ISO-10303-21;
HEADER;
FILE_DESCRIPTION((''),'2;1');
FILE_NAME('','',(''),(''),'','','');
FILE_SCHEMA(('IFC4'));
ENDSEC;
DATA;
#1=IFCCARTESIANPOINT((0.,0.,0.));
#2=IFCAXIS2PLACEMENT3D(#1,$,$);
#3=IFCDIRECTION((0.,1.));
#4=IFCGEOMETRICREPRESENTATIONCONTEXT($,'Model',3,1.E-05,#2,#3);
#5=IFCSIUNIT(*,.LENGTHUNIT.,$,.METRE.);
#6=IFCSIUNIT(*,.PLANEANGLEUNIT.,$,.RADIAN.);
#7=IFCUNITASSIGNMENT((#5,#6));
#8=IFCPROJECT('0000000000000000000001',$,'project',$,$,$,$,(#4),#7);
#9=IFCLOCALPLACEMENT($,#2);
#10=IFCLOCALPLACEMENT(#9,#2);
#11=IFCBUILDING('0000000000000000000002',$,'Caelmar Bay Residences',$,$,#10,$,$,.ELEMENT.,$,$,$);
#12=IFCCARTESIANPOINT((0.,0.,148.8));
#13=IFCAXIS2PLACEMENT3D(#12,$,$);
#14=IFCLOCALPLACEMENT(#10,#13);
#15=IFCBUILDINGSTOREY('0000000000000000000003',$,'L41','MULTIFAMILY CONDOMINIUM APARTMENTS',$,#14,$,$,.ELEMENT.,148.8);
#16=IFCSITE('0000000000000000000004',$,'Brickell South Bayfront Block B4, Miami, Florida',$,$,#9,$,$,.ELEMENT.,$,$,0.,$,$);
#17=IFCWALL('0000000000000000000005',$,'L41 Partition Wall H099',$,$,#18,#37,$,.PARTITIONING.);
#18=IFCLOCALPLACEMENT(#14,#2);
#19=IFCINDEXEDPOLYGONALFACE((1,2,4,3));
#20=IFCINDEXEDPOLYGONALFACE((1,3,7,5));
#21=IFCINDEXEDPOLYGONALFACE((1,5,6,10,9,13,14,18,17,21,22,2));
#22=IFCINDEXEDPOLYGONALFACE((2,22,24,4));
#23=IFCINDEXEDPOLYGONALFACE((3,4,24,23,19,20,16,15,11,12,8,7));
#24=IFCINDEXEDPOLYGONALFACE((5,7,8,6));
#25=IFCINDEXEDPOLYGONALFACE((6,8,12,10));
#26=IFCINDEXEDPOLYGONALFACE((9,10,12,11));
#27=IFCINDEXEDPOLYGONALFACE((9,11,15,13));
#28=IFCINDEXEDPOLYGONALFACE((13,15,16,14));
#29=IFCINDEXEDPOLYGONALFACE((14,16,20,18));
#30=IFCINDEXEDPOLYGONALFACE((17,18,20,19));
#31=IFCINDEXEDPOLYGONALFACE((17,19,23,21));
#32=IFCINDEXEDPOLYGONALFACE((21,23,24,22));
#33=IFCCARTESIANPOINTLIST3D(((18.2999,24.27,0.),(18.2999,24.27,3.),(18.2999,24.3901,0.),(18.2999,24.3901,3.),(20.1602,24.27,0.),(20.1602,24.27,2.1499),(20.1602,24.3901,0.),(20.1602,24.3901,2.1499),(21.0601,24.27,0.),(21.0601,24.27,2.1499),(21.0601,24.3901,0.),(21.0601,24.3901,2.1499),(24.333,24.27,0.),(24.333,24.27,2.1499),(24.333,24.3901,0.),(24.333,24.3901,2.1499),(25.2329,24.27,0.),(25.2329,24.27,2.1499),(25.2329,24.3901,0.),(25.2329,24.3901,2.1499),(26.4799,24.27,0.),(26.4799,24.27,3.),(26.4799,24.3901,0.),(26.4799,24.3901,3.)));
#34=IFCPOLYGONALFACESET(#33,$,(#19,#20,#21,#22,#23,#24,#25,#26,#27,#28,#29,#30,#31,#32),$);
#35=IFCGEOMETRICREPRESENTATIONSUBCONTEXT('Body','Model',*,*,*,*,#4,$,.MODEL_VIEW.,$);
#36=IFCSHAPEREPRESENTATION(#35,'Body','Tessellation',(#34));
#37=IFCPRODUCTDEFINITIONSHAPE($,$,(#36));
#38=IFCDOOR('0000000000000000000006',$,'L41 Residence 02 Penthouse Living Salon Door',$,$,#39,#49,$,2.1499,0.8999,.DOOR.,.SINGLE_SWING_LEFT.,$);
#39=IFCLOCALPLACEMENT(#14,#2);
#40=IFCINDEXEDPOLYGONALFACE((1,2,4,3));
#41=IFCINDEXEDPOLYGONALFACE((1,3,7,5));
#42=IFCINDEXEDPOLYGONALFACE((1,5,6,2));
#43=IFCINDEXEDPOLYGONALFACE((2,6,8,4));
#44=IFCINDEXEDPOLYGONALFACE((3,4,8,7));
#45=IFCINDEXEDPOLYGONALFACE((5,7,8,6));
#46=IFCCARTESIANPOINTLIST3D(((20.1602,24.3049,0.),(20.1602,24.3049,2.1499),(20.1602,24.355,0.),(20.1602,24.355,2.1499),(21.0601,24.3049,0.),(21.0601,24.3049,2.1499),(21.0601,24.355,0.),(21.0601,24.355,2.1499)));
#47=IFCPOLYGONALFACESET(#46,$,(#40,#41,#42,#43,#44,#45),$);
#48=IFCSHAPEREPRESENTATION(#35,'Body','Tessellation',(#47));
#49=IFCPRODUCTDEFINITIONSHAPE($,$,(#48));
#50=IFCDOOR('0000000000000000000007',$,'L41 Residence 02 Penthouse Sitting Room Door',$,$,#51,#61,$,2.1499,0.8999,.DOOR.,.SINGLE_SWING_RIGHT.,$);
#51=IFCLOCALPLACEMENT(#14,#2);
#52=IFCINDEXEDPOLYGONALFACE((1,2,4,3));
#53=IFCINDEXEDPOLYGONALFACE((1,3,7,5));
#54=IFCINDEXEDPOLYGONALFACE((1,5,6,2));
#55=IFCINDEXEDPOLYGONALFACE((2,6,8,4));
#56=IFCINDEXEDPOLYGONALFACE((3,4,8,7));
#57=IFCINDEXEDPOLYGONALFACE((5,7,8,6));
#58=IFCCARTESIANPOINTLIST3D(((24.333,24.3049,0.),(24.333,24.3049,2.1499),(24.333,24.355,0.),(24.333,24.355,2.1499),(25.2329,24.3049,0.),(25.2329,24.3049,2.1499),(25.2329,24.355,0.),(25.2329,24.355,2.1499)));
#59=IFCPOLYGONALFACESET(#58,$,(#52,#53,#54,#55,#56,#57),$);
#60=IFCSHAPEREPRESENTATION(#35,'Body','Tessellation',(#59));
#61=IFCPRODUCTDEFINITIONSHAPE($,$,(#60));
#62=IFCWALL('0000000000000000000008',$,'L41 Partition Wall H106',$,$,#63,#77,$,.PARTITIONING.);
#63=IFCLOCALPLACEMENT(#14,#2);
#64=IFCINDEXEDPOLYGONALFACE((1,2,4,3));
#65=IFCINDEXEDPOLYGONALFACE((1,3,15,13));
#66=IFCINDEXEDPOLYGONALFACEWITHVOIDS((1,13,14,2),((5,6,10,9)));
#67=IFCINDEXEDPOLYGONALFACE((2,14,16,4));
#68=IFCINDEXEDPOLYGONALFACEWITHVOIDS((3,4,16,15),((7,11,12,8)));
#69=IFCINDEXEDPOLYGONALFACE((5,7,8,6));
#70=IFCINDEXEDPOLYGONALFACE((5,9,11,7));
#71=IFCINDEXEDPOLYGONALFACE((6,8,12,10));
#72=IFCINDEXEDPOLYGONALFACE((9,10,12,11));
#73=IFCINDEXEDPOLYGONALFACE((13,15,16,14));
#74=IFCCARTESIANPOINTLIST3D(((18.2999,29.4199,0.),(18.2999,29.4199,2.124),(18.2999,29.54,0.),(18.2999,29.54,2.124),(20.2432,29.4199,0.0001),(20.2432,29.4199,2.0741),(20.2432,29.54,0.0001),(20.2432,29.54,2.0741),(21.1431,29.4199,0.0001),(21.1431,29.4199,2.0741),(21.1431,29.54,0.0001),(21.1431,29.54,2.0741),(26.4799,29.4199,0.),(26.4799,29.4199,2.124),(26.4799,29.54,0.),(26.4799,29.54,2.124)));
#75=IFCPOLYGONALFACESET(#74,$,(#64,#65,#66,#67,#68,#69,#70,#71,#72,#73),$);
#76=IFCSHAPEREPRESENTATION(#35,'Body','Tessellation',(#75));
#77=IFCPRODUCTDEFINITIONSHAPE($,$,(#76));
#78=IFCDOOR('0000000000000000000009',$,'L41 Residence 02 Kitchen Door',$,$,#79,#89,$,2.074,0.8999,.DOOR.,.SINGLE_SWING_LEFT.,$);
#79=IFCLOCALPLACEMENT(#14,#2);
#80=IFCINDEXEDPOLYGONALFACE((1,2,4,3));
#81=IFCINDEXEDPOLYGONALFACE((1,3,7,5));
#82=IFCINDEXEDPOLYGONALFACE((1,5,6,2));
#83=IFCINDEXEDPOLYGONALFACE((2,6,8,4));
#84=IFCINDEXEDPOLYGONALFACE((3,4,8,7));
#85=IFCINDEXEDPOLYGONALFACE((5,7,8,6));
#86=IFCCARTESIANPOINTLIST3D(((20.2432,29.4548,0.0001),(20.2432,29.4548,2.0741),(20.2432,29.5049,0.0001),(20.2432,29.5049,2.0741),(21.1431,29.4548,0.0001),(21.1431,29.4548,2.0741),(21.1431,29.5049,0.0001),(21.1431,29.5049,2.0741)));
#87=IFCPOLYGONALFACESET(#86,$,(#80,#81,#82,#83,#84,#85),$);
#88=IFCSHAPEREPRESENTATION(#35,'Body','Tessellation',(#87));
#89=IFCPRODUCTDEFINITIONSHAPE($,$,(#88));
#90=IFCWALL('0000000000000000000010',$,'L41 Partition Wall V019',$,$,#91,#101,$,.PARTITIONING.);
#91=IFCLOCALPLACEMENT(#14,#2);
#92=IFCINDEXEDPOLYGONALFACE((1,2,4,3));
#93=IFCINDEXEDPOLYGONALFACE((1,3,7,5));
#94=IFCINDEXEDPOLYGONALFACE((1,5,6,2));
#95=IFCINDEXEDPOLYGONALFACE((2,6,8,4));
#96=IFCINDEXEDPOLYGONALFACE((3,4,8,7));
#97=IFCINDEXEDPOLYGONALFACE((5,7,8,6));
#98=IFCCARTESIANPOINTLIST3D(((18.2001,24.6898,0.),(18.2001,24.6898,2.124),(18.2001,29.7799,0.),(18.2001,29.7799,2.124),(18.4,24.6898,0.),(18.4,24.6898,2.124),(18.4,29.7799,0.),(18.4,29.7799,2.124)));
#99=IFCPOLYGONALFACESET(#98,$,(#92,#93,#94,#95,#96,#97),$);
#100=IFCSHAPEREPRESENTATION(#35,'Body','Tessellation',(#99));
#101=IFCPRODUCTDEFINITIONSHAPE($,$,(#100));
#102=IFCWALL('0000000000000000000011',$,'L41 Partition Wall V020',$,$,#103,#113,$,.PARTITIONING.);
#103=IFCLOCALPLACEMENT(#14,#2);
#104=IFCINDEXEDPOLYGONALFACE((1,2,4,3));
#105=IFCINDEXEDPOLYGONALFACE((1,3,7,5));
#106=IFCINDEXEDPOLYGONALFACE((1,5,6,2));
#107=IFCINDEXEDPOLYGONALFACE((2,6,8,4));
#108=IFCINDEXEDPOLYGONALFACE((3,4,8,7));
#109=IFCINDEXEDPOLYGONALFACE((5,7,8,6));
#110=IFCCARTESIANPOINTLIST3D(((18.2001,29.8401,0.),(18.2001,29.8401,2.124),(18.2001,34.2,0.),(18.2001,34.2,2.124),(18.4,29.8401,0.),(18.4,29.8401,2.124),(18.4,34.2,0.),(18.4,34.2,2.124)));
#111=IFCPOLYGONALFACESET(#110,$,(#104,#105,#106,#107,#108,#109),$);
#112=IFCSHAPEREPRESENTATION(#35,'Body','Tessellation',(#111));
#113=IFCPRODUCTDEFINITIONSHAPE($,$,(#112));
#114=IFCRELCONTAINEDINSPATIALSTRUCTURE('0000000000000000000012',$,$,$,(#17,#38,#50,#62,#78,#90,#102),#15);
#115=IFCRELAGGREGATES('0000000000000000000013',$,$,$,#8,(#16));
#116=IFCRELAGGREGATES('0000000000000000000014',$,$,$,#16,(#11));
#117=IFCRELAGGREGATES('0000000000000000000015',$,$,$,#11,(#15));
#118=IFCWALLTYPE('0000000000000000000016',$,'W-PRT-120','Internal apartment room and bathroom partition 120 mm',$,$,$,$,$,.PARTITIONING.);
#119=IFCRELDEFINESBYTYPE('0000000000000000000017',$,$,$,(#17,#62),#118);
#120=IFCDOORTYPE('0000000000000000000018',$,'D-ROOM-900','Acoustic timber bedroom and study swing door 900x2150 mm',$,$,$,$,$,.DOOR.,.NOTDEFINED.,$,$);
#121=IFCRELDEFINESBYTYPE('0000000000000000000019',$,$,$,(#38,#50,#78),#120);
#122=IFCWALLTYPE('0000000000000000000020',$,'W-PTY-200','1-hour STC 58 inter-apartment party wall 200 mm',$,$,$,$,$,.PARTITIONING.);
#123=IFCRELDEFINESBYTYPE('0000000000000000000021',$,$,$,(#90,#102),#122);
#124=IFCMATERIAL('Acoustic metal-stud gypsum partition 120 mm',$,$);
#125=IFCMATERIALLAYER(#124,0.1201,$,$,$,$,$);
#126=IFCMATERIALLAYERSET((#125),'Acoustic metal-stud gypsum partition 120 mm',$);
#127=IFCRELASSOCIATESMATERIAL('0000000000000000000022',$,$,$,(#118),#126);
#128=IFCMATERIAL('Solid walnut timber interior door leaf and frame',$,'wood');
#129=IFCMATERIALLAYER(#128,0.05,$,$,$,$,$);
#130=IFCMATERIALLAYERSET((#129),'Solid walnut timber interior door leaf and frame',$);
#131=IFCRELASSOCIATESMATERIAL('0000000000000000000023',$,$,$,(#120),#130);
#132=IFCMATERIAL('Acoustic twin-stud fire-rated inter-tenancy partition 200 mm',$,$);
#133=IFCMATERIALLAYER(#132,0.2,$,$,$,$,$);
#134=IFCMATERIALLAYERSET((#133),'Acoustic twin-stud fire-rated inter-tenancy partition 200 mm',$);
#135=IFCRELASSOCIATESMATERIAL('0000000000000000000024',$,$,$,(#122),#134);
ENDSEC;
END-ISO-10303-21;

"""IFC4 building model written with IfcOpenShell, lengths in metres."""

from ifc_helpers import new_model, si_unit, direction, frame, frame_2d, origin, place, context, subcontext, project, spatial, rectangle, extrude, material, layer, layer_set, type_object, element, fill, save


model = new_model("IFC4")

# Units and contexts
model_context = context("Model", 3, precision=1e-05, world=origin(), true_north=direction((0.0, 1.0)))
body_context = subcontext(model_context, "Body", "Model", "MODEL_VIEW")
ifc_project = project(units=[si_unit("LENGTHUNIT", "METRE"), si_unit("PLANEANGLEUNIT", "RADIAN")], contexts=[model_context])

# Site, building, storey
site_placement = place(None, origin())
site = spatial("IfcSite", under=ifc_project, at=site_placement, Name="Brickell South Bayfront Block B4, Miami, Florida", CompositionType="ELEMENT", RefElevation=0.0)
building_placement = place(site_placement, origin())
building = spatial("IfcBuilding", under=site, at=building_placement, Name="Caelmar Bay Residences", CompositionType="ELEMENT")
storey_placement = place(building_placement, frame((0.0, 0.0, 148.8)))
storey = spatial("IfcBuildingStorey", under=building, at=storey_placement, Name="L41", Description="MULTIFAMILY CONDOMINIUM APARTMENTS", CompositionType="ELEMENT", Elevation=148.8)

# Shared definitions
ifc_material_1 = material(Name="Acoustic metal-stud gypsum partition 120 mm")
ifc_layer_1 = layer(ifc_material_1, 0.1201)
ifc_layer_set_1 = layer_set([ifc_layer_1], Name="Acoustic metal-stud gypsum partition 120 mm")
wall_type_1 = type_object("IfcWallType", Name="W-PRT-120", Description="Internal apartment room and bathroom partition 120 mm", PredefinedType="PARTITIONING", material=ifc_layer_set_1)

# Shared definitions
ifc_material_2 = material(Name="Solid walnut timber interior door leaf and frame", Category="wood")
ifc_layer_2 = layer(ifc_material_2, 0.05)
ifc_layer_set_2 = layer_set([ifc_layer_2], Name="Solid walnut timber interior door leaf and frame")
door_type_1 = type_object("IfcDoorType", Name="D-ROOM-900", Description="Acoustic timber bedroom and study swing door 900x2150 mm", OperationType="NOTDEFINED", PredefinedType="DOOR", material=ifc_layer_set_2)

# Wall, openings, doors
wall_1_placement = place(storey_placement, frame((18.3, 24.3301, 0.0), z_axis=(0.0, 0.0, 1.0), x_axis=(1.0, 0.0, 0.0)))
wall_1 = element("IfcWall", 1, at=wall_1_placement, inside=storey, type_object=wall_type_1, Name="L41 Partition Wall H099", PredefinedType="PARTITIONING", context=body_context, shape_type="SweptSolid", body=[
    extrude(rectangle(XDim=8.1799, YDim=0.1201, at=frame_2d((4.0898, 0.0))), origin(), (0.0, 0.0, 1.0), 3.0),
])
opening_1_placement = place(wall_1_placement, frame((1.8601, 0.0, 0.0)))
opening_1 = element("IfcOpeningElement", 2, at=opening_1_placement, cuts=wall_1, PredefinedType="OPENING", context=body_context, shape_type="SweptSolid", body=[
    extrude(rectangle(XDim=0.8999, YDim=2.1499, at=frame_2d((0.45, 1.075))), frame((0.0, 0.0701, 0.0), z_axis=(0.0, -1.0, 0.0), x_axis=(1.0, 0.0, 0.0)), (0.0, 0.0, 1.0), 0.1401),
])
opening_2_placement = place(wall_1_placement, frame((6.033, 0.0, 0.0)))
opening_2 = element("IfcOpeningElement", 3, at=opening_2_placement, cuts=wall_1, PredefinedType="OPENING", context=body_context, shape_type="SweptSolid", body=[
    extrude(rectangle(XDim=0.8999, YDim=2.1499, at=frame_2d((0.45, 1.075))), frame((0.0, 0.0701, 0.0), z_axis=(0.0, -1.0, 0.0), x_axis=(1.0, 0.0, 0.0)), (0.0, 0.0, 1.0), 0.1401),
])
door_1_placement = place(opening_1_placement, origin())
door_1 = element("IfcDoor", 4, at=door_1_placement, inside=storey, type_object=door_type_1, Name="L41 Residence 02 Penthouse Living Salon Door", OperationType="SINGLE_SWING_LEFT", OverallHeight=2.1499, OverallWidth=0.8999, PredefinedType="DOOR", context=body_context, shape_type="SweptSolid", body=[
    extrude(rectangle(XDim=0.8999, YDim=2.1499, at=frame_2d((0.45, 1.075))), frame((0.0, 0.0249, 0.0), z_axis=(0.0, -1.0, 0.0), x_axis=(1.0, 0.0, 0.0)), (0.0, 0.0, 1.0), 0.05),
])
fill(opening_1, door_1)
door_2_placement = place(opening_2_placement, origin())
door_2 = element("IfcDoor", 5, at=door_2_placement, inside=storey, type_object=door_type_1, Name="L41 Residence 02 Penthouse Sitting Room Door", OperationType="SINGLE_SWING_RIGHT", OverallHeight=2.1499, OverallWidth=0.8999, PredefinedType="DOOR", context=body_context, shape_type="SweptSolid", body=[
    extrude(rectangle(XDim=0.8999, YDim=2.1499, at=frame_2d((0.45, 1.075))), frame((0.0, 0.0249, 0.0), z_axis=(0.0, -1.0, 0.0), x_axis=(1.0, 0.0, 0.0)), (0.0, 0.0, 1.0), 0.05),
])
fill(opening_2, door_2)

# Wall, opening, door
wall_2_placement = place(storey_placement, frame((18.3, 29.48, 0.0), z_axis=(0.0, 0.0, 1.0), x_axis=(1.0, 0.0, 0.0)))
wall_2 = element("IfcWall", 6, at=wall_2_placement, inside=storey, type_object=wall_type_1, Name="L41 Partition Wall H106", PredefinedType="PARTITIONING", context=body_context, shape_type="SweptSolid", body=[
    extrude(rectangle(XDim=8.1799, YDim=0.1201, at=frame_2d((4.0898, 0.0))), origin(), (0.0, 0.0, 1.0), 2.124),
])
opening_3_placement = place(wall_2_placement, frame((1.9431, 0.0, 0.0)))
opening_3 = element("IfcOpeningElement", 7, at=opening_3_placement, cuts=wall_2, PredefinedType="OPENING", context=body_context, shape_type="SweptSolid", body=[
    extrude(rectangle(XDim=0.8999, YDim=2.074, at=frame_2d((0.45, 1.0371))), frame((0.0, 0.0701, 0.0), z_axis=(0.0, -1.0, 0.0), x_axis=(1.0, 0.0, 0.0)), (0.0, 0.0, 1.0), 0.1401),
])
door_3_placement = place(opening_3_placement, origin())
door_3 = element("IfcDoor", 8, at=door_3_placement, inside=storey, type_object=door_type_1, Name="L41 Residence 02 Kitchen Door", OperationType="SINGLE_SWING_LEFT", OverallHeight=2.074, OverallWidth=0.8999, PredefinedType="DOOR", context=body_context, shape_type="SweptSolid", body=[
    extrude(rectangle(XDim=0.8999, YDim=2.074, at=frame_2d((0.45, 1.0371))), frame((0.0, 0.0249, 0.0), z_axis=(0.0, -1.0, 0.0), x_axis=(1.0, 0.0, 0.0)), (0.0, 0.0, 1.0), 0.05),
])
fill(opening_3, door_3)

# Walls
ifc_material_3 = material(Name="Acoustic twin-stud fire-rated inter-tenancy partition 200 mm")
ifc_layer_3 = layer(ifc_material_3, 0.2)
ifc_layer_set_3 = layer_set([ifc_layer_3], Name="Acoustic twin-stud fire-rated inter-tenancy partition 200 mm")
wall_type_2 = type_object("IfcWallType", Name="W-PTY-200", Description="1-hour STC 58 inter-apartment party wall 200 mm", PredefinedType="PARTITIONING", material=ifc_layer_set_3)
wall_3_placement = place(storey_placement, frame((18.3, 24.6899, 0.0), z_axis=(0.0, 0.0, 1.0), x_axis=(0.0, 1.0, 0.0)))
element("IfcWall", 9, at=wall_3_placement, inside=storey, type_object=wall_type_2, Name="L41 Partition Wall V019", PredefinedType="PARTITIONING", context=body_context, shape_type="SweptSolid", body=[
    extrude(rectangle(XDim=5.0901, YDim=0.2, at=frame_2d((2.5449, 0.0))), origin(), (0.0, 0.0, 1.0), 2.124),
])
wall_4_placement = place(storey_placement, frame((18.3, 29.8401, 0.0), z_axis=(0.0, 0.0, 1.0), x_axis=(0.0, 1.0, 0.0)))
element("IfcWall", 10, at=wall_4_placement, inside=storey, type_object=wall_type_2, Name="L41 Partition Wall V020", PredefinedType="PARTITIONING", context=body_context, shape_type="SweptSolid", body=[
    extrude(rectangle(XDim=4.3599, YDim=0.2, at=frame_2d((2.1799, 0.0))), origin(), (0.0, 0.0, 1.0), 2.124),
])

save(model, "model.ifc")
